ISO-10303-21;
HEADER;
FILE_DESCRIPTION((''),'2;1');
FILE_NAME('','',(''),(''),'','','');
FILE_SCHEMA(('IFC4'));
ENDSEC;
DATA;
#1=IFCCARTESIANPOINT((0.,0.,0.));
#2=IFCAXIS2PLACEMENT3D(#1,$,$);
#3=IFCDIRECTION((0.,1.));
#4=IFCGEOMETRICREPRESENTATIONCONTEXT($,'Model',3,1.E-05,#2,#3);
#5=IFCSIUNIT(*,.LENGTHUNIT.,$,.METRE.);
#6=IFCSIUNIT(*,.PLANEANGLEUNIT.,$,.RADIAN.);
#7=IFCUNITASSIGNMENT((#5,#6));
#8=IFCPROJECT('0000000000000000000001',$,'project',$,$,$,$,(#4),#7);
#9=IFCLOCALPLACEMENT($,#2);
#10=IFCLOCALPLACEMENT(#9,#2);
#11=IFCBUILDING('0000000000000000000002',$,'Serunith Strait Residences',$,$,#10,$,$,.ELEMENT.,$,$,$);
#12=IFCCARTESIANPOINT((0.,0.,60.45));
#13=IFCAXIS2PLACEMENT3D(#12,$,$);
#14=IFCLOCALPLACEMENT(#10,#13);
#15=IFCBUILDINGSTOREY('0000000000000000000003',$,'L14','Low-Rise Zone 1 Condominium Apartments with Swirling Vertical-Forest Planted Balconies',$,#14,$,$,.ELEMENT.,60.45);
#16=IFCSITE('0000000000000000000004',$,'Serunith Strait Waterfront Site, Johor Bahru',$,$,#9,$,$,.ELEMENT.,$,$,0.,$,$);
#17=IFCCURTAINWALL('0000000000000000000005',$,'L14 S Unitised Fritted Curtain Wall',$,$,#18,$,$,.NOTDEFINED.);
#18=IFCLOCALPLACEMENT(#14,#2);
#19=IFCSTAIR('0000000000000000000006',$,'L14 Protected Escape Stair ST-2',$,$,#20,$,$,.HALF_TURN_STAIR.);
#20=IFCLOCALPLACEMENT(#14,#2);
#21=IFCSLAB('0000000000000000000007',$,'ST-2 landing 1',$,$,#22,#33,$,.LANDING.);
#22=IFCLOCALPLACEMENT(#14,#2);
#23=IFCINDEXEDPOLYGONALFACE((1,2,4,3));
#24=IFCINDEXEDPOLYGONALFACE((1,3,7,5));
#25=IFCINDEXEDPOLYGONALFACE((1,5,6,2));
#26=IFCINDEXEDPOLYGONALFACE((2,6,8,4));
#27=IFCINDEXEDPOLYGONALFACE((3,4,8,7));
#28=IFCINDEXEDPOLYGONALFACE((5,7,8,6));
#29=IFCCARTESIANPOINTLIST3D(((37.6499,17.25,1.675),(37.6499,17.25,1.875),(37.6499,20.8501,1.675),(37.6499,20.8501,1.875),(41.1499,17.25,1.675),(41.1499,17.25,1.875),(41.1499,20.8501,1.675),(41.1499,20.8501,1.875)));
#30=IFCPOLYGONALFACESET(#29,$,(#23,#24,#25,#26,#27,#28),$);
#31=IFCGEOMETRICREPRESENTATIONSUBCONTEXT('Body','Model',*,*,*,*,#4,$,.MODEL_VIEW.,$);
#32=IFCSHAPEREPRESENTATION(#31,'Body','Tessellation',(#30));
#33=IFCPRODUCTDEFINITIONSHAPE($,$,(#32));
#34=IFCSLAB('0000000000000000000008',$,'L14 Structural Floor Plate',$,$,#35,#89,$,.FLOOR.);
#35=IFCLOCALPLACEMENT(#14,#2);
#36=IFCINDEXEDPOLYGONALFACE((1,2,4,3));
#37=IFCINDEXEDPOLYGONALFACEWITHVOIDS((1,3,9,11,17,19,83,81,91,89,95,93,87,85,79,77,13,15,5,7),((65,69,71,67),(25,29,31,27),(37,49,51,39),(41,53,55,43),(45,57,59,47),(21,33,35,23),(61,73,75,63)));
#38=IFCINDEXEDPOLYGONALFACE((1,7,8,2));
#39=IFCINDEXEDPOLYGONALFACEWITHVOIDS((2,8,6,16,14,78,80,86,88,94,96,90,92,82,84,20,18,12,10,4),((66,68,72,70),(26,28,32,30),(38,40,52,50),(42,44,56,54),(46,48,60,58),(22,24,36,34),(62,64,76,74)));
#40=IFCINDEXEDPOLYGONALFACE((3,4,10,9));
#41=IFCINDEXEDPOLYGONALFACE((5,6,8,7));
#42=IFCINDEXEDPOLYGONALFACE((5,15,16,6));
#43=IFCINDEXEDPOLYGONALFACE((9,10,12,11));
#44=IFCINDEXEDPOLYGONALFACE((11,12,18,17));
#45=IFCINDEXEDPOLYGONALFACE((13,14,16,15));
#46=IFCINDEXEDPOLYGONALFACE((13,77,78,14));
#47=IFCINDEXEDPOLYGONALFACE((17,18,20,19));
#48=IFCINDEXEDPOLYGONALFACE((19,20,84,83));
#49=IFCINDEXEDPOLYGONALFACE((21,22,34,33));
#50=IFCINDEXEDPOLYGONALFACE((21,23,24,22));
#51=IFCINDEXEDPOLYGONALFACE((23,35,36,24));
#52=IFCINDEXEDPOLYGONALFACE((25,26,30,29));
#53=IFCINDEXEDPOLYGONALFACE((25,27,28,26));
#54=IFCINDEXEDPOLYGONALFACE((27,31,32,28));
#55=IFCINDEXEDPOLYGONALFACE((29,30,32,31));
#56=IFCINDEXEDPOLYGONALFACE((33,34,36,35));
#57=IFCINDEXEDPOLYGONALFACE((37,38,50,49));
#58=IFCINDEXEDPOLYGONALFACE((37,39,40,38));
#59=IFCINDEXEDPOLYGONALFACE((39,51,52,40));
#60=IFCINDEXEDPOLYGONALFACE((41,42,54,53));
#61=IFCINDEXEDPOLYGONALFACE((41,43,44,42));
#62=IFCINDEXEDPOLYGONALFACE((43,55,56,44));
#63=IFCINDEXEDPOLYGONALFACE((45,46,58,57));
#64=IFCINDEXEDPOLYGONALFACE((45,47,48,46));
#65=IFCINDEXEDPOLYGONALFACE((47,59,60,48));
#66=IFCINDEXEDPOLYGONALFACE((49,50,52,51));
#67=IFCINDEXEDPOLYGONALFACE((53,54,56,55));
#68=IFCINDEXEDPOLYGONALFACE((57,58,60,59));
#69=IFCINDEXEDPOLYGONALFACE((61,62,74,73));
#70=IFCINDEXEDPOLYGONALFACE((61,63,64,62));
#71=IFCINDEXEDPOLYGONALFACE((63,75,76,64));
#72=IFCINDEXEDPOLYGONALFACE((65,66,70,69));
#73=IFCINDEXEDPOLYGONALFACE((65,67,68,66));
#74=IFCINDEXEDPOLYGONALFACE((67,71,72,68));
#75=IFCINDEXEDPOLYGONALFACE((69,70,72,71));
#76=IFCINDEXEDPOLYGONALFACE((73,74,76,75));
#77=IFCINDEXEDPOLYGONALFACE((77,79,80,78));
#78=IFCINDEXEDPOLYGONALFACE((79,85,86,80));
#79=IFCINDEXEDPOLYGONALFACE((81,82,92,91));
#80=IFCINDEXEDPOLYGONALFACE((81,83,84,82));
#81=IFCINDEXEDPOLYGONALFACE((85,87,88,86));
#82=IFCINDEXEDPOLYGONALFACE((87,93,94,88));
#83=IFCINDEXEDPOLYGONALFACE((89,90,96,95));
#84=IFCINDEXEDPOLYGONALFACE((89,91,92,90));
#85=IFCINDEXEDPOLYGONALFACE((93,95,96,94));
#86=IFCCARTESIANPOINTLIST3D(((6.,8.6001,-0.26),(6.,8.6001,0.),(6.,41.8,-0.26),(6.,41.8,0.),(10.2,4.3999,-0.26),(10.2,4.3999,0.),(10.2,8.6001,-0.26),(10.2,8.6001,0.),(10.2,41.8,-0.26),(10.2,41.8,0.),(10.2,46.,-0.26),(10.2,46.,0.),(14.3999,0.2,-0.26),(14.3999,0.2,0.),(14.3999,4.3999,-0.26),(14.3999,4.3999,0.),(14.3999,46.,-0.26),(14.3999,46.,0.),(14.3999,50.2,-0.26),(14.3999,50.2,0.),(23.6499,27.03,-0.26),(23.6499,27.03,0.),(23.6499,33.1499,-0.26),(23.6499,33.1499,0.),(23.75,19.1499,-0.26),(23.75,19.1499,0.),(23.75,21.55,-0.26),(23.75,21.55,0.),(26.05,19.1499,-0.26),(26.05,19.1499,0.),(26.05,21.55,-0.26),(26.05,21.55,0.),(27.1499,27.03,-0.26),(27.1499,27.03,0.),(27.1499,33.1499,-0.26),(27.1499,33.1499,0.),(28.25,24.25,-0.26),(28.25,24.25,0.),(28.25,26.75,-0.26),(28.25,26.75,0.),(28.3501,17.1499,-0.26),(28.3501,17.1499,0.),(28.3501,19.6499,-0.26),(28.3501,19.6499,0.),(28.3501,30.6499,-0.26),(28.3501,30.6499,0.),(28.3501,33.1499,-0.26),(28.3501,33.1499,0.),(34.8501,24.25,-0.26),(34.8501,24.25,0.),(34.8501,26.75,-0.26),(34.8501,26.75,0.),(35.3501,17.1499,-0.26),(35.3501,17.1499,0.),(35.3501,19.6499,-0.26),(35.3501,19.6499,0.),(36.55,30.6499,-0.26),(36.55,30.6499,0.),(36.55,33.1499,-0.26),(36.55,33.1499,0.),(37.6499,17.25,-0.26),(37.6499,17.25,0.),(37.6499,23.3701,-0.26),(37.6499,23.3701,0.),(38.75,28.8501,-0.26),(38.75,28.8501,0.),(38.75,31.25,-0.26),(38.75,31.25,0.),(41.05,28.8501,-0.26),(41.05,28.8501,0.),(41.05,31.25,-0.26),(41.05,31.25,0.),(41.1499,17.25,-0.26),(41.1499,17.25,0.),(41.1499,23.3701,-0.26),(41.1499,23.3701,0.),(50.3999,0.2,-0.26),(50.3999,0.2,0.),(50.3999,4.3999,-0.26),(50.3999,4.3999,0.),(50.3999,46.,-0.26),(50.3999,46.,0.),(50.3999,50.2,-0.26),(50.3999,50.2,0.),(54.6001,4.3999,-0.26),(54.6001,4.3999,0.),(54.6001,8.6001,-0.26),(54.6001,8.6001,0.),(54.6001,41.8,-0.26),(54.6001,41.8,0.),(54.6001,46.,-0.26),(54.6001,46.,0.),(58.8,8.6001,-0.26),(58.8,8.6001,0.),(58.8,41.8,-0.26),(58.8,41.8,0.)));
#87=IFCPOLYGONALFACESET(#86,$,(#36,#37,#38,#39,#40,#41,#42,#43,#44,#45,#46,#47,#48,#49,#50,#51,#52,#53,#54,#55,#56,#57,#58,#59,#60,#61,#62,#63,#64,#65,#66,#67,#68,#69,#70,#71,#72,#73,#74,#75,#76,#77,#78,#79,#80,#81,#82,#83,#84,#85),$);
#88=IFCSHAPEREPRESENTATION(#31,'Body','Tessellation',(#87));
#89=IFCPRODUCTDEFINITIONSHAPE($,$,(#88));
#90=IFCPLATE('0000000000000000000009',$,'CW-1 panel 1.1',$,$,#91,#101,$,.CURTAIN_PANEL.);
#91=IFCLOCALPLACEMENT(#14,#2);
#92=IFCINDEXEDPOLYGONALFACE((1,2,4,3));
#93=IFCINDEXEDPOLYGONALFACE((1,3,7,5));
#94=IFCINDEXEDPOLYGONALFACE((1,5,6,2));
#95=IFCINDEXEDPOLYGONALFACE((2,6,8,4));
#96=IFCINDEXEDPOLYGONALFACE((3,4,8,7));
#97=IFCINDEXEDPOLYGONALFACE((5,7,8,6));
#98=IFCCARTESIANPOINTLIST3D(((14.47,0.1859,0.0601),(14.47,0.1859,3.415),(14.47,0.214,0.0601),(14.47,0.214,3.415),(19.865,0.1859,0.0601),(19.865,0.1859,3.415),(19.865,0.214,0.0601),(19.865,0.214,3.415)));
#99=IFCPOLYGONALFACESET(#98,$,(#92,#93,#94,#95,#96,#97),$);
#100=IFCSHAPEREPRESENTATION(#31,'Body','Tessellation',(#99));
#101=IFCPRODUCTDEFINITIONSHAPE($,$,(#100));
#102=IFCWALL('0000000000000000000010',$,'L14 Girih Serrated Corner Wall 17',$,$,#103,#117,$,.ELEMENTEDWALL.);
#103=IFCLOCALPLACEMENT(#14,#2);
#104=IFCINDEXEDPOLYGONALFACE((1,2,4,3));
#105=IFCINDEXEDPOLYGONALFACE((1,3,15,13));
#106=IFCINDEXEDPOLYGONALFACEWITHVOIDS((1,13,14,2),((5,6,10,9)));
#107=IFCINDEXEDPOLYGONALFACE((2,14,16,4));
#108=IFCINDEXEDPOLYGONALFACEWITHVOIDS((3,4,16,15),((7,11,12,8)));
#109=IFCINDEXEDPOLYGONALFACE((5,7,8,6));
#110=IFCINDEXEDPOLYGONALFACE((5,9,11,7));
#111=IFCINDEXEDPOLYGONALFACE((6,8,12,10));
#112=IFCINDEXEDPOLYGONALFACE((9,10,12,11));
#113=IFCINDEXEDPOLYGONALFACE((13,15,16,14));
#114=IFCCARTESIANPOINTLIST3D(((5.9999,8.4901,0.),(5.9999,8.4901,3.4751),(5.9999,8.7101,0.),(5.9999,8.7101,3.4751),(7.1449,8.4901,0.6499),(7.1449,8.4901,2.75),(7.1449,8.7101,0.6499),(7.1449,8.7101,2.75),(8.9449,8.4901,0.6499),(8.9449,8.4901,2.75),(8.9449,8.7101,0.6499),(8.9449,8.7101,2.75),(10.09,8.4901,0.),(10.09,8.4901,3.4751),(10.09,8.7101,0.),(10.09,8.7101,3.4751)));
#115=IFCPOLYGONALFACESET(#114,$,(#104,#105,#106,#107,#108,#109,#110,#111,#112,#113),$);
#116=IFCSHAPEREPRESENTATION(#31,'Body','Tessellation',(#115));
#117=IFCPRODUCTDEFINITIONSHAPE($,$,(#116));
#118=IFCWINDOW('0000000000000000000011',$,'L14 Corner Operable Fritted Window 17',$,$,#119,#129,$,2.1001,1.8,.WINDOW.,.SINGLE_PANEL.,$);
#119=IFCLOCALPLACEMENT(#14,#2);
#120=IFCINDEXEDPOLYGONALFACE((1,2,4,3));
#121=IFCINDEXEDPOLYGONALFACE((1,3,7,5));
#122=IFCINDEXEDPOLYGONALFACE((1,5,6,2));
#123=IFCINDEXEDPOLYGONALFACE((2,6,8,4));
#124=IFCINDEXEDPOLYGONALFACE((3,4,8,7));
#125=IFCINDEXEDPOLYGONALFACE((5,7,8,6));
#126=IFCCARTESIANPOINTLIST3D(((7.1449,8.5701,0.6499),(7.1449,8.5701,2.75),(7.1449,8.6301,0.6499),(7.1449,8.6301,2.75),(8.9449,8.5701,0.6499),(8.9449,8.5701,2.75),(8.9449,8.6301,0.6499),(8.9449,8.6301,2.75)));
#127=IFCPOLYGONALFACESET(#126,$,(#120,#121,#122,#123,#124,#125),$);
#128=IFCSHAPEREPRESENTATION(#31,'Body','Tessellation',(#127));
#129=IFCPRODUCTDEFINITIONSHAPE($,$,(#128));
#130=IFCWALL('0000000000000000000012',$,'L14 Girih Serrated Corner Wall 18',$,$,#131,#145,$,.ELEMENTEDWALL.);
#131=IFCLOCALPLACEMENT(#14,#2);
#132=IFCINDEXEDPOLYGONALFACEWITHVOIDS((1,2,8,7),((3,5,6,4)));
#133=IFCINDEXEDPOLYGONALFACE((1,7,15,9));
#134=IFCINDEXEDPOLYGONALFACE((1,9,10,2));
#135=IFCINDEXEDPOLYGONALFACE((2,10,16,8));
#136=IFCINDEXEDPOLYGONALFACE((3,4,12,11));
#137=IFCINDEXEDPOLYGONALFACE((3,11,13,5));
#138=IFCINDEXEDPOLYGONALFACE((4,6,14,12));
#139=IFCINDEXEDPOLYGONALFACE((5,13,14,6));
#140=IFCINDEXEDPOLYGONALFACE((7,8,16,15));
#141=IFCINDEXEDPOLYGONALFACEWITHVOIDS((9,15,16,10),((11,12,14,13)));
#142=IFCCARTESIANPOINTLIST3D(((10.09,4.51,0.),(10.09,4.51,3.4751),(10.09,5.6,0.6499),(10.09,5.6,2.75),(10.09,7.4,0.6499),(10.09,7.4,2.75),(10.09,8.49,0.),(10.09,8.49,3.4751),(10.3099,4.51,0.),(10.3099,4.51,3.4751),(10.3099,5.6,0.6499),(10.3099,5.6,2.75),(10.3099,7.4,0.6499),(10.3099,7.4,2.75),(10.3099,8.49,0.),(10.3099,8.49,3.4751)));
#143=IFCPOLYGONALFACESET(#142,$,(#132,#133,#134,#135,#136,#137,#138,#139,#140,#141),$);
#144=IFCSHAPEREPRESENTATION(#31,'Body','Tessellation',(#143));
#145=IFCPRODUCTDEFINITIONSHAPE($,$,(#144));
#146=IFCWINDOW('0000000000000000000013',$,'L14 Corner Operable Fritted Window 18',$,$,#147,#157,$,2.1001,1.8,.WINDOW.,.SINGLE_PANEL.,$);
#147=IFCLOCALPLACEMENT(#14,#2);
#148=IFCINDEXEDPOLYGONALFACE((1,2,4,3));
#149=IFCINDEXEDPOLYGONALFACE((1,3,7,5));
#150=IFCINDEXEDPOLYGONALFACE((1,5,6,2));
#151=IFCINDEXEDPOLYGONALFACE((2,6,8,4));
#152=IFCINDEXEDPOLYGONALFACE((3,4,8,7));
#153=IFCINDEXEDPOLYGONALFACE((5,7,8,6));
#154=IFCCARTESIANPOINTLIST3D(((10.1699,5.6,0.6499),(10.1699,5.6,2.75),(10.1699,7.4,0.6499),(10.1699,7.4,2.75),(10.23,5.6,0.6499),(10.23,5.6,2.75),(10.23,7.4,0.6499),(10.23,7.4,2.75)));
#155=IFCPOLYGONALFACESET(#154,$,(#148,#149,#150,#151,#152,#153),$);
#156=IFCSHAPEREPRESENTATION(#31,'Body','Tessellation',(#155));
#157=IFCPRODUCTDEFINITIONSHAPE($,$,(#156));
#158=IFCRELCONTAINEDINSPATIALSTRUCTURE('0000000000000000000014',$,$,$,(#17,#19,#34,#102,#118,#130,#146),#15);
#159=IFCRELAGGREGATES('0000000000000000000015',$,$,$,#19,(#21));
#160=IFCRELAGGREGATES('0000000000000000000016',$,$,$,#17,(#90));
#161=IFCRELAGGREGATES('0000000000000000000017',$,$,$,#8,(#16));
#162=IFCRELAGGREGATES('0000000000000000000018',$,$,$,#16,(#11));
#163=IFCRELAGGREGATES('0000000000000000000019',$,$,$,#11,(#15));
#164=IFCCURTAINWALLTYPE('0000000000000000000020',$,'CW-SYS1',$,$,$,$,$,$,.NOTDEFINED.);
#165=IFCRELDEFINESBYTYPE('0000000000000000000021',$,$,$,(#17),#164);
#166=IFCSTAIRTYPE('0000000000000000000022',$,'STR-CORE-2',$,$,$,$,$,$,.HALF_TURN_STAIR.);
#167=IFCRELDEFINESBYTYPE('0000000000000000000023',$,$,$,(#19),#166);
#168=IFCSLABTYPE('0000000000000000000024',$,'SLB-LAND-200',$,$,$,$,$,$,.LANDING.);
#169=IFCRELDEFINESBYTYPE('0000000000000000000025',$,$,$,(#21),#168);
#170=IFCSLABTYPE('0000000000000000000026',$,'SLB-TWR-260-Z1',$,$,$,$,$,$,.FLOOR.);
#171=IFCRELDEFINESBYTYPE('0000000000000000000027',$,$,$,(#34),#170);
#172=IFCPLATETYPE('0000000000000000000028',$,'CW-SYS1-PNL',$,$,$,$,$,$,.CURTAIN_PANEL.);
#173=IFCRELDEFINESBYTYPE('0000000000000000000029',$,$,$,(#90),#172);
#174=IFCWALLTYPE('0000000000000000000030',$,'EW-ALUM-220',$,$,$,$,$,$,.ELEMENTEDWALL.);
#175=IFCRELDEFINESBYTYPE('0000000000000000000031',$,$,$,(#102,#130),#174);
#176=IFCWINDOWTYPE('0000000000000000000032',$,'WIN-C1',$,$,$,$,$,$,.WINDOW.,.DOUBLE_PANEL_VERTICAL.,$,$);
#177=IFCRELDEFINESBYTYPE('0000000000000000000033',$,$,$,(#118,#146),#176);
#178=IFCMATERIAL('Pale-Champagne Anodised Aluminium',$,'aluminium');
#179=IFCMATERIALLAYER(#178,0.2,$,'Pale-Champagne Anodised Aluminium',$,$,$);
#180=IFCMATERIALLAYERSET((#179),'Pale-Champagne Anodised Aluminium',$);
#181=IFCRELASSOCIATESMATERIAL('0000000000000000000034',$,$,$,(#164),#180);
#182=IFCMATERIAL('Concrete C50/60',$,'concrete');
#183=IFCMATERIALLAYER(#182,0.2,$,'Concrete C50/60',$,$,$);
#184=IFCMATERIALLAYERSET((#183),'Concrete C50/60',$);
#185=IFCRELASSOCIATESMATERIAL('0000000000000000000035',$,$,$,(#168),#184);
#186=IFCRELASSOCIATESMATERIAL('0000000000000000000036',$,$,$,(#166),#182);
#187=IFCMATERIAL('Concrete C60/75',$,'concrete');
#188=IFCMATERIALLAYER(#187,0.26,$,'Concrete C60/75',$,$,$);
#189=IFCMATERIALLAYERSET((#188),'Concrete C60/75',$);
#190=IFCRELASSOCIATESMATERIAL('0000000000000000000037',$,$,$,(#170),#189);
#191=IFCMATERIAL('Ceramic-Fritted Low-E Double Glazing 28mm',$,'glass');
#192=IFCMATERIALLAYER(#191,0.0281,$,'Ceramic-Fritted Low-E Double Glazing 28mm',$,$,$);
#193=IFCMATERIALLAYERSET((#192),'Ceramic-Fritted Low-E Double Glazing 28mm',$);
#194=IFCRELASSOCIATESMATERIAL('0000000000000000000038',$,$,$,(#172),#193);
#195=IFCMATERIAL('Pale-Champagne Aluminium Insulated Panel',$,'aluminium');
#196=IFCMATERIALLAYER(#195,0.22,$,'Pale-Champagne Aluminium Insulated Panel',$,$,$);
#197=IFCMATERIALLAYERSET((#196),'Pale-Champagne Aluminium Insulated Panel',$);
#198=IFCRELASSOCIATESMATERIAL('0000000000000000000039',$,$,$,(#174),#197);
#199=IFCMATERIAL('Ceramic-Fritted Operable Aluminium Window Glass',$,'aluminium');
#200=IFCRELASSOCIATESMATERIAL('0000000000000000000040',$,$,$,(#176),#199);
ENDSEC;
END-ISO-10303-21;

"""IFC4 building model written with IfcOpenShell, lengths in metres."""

from ifc_helpers import new_model, si_unit, direction, frame, frame_2d, origin, origin_2d, place, context, subcontext, project, spatial, polyline, rectangle, outline, extrude, source, transform, mapped, material, layer, layer_set, type_object, element, fill, aggregate, save


model = new_model("IFC4")

# Units and contexts
model_context = context("Model", 3, precision=1e-05, world=origin(), true_north=direction((0.0, 1.0)))
body_context = subcontext(model_context, "Body", "Model", "MODEL_VIEW")
ifc_project = project(units=[si_unit("LENGTHUNIT", "METRE"), si_unit("PLANEANGLEUNIT", "RADIAN")], contexts=[model_context])

# Site, building, storey
site_placement = place(None, origin())
site = spatial("IfcSite", under=ifc_project, at=site_placement, Name="Serunith Strait Waterfront Site, Johor Bahru", CompositionType="ELEMENT", RefElevation=0.0)
building_placement = place(site_placement, origin())
building = spatial("IfcBuilding", under=site, at=building_placement, Name="Serunith Strait Residences", CompositionType="ELEMENT")
storey_placement = place(building_placement, frame((0.0, 0.0, 60.45)))
storey = spatial("IfcBuildingStorey", under=building, at=storey_placement, Name="L14", Description="Low-Rise Zone 1 Condominium Apartments with Swirling Vertical-Forest Planted Balconies", CompositionType="ELEMENT", Elevation=60.45)

# Curtain wall
ifc_material_1 = material(Name="Pale-Champagne Anodised Aluminium", Category="aluminium")
ifc_layer_1 = layer(ifc_material_1, 0.2, Name="Pale-Champagne Anodised Aluminium")
ifc_layer_set_1 = layer_set([ifc_layer_1], Name="Pale-Champagne Anodised Aluminium")
curtain_wall_type = type_object("IfcCurtainWallType", Name="CW-SYS1", PredefinedType="NOTDEFINED", material=ifc_layer_set_1)
curtain_wall_1_placement = place(storey_placement, origin())
curtain_wall_1 = element("IfcCurtainWall", 1, at=curtain_wall_1_placement, inside=storey, type_object=curtain_wall_type, Name="L14 S Unitised Fritted Curtain Wall", PredefinedType="NOTDEFINED")

# Shared definitions
ifc_material_2 = material(Name="Concrete C50/60", Category="concrete")

# Stair, slab
ifc_layer_2 = layer(ifc_material_2, 0.2, Name="Concrete C50/60")
ifc_layer_set_2 = layer_set([ifc_layer_2], Name="Concrete C50/60")
slab_type_1 = type_object("IfcSlabType", Name="SLB-LAND-200", PredefinedType="LANDING", material=ifc_layer_set_2)
stair_type_1 = type_object("IfcStairType", Name="STR-CORE-2", PredefinedType="HALF_TURN_STAIR", material=ifc_material_2)
stair_1_placement = place(storey_placement, origin())
stair_1 = element("IfcStair", 2, at=stair_1_placement, inside=storey, type_object=stair_type_1, Name="L14 Protected Escape Stair ST-2", PredefinedType="HALF_TURN_STAIR")
slab_1_placement = place(storey_placement, frame((0.0, 0.0, 1.675)))
slab_1 = element("IfcSlab", 3, at=slab_1_placement, type_object=slab_type_1, Name="ST-2 landing 1", PredefinedType="LANDING", context=body_context, shape_type="SweptSolid", body=[
    extrude(outline(polyline([(37.6499, 20.8501), (37.6499, 17.25), (41.1499, 17.25), (41.1499, 20.8501), (37.6499, 20.8501)])), origin(), (0.0, 0.0, 1.0), 0.2),
])
aggregate(stair_1, [slab_1])

# Slab
ifc_material_3 = material(Name="Concrete C60/75", Category="concrete")
ifc_layer_3 = layer(ifc_material_3, 0.26, Name="Concrete C60/75")
ifc_layer_set_3 = layer_set([ifc_layer_3], Name="Concrete C60/75")
slab_type_2 = type_object("IfcSlabType", Name="SLB-TWR-260-Z1", PredefinedType="FLOOR", material=ifc_layer_set_3)
slab_2_placement = place(storey_placement, frame((0.0, 0.0, -0.26)))
element("IfcSlab", 4, at=slab_2_placement, inside=storey, type_object=slab_type_2, Name="L14 Structural Floor Plate", PredefinedType="FLOOR", context=body_context, shape_type="SweptSolid", body=[
    extrude(outline(polyline([(14.3999, 4.3999), (10.2, 4.3999), (10.2, 8.6001), (6.0, 8.6001), (6.0, 41.8), (10.2, 41.8), (10.2, 46.0), (14.3999, 46.0), (14.3999, 50.2), (50.3999, 50.2), (50.3999, 46.0), (54.6001, 46.0), (54.6001, 41.8), (58.8, 41.8), (58.8, 8.6001), (54.6001, 8.6001), (54.6001, 4.3999), (50.3999, 4.3999), (50.3999, 0.2), (14.3999, 0.2), (14.3999, 4.3999)]), holes=[polyline([(41.1499, 17.25), (41.1499, 23.3701), (37.6499, 23.3701), (37.6499, 17.25), (41.1499, 17.25)]), polyline([(41.05, 31.25), (38.75, 31.25), (38.75, 28.8501), (41.05, 28.8501), (41.05, 31.25)]), polyline([(36.55, 33.1499), (28.3501, 33.1499), (28.3501, 30.6499), (36.55, 30.6499), (36.55, 33.1499)]), polyline([(28.3501, 19.6499), (28.3501, 17.1499), (35.3501, 17.1499), (35.3501, 19.6499), (28.3501, 19.6499)]), polyline([(34.8501, 26.75), (28.25, 26.75), (28.25, 24.25), (34.8501, 24.25), (34.8501, 26.75)]), polyline([(23.6499, 33.1499), (23.6499, 27.03), (27.1499, 27.03), (27.1499, 33.1499), (23.6499, 33.1499)]), polyline([(26.05, 21.55), (23.75, 21.55), (23.75, 19.1499), (26.05, 19.1499), (26.05, 21.55)])]), origin(), (0.0, 0.0, 1.0), 0.26),
])

# Plate
ifc_material_4 = material(Name="Ceramic-Fritted Low-E Double Glazing 28mm", Category="glass")
ifc_layer_4 = layer(ifc_material_4, 0.0281, Name="Ceramic-Fritted Low-E Double Glazing 28mm")
ifc_layer_set_4 = layer_set([ifc_layer_4], Name="Ceramic-Fritted Low-E Double Glazing 28mm")
plate_type = type_object("IfcPlateType", Name="CW-SYS1-PNL", PredefinedType="CURTAIN_PANEL", material=ifc_layer_set_4)
shared_shape_1 = source(origin(), body_context, "Body", "SweptSolid", [
    extrude(rectangle(XDim=5.395, YDim=0.0281, at=origin_2d()), origin(), (0.0, 0.0, 1.0), 3.355),
])
plate_placement = place(storey_placement, frame((17.1675, 0.2, 0.0601), z_axis=(0.0, 0.0, 1.0), x_axis=(1.0, 0.0, 0.0)))
plate = element("IfcPlate", 5, at=plate_placement, type_object=plate_type, Name="CW-1 panel 1.1", PredefinedType="CURTAIN_PANEL", context=body_context, shape_type="MappedRepresentation", body=[
    mapped(shared_shape_1, transform((0.0, 0.0, 0.0), scale=1.0)),
])
aggregate(curtain_wall_1, [plate])

# Walls, openings, windows
ifc_material_5 = material(Name="Pale-Champagne Aluminium Insulated Panel", Category="aluminium")
ifc_layer_5 = layer(ifc_material_5, 0.22, Name="Pale-Champagne Aluminium Insulated Panel")
ifc_layer_set_5 = layer_set([ifc_layer_5], Name="Pale-Champagne Aluminium Insulated Panel")
wall_type_1 = type_object("IfcWallType", Name="EW-ALUM-220", PredefinedType="ELEMENTEDWALL", material=ifc_layer_set_5)
wall_1_placement = place(storey_placement, frame((6.0, 8.6001, 0.0), z_axis=(0.0, 0.0, 1.0), x_axis=(1.0, 0.0, 0.0)))
wall_1 = element("IfcWall", 6, at=wall_1_placement, inside=storey, type_object=wall_type_1, Name="L14 Girih Serrated Corner Wall 17", PredefinedType="ELEMENTEDWALL", context=body_context, shape_type="SweptSolid", body=[
    extrude(rectangle(XDim=4.0901, YDim=0.22, at=frame_2d((2.0449, 0.0))), origin(), (0.0, 0.0, 1.0), 3.4751),
])
opening_1_placement = place(wall_1_placement, frame((1.145, 0.0, 0.6499)))
opening_1 = element("IfcOpeningElement", 7, at=opening_1_placement, cuts=wall_1, PredefinedType="OPENING", context=body_context, shape_type="SweptSolid", body=[
    extrude(rectangle(XDim=1.8, YDim=2.1001, at=frame_2d((0.8999, 1.05))), frame((0.0, 0.1201, 0.0), z_axis=(0.0, -1.0, 0.0), x_axis=(1.0, 0.0, 0.0)), (0.0, 0.0, 1.0), 0.24),
])
ifc_material_6 = material(Name="Ceramic-Fritted Operable Aluminium Window Glass", Category="aluminium")
window_type = type_object("IfcWindowType", Name="WIN-C1", PartitioningType="DOUBLE_PANEL_VERTICAL", PredefinedType="WINDOW", material=ifc_material_6)
shared_shape_2 = source(origin(), body_context, "Body", "SweptSolid", [
    extrude(rectangle(XDim=1.8, YDim=2.1001, at=frame_2d((0.8999, 1.05))), frame((0.0, 0.03, 0.0), z_axis=(0.0, -1.0, 0.0), x_axis=(1.0, 0.0, 0.0)), (0.0, 0.0, 1.0), 0.0601),
])
window_1_placement = place(opening_1_placement, origin())
window_1 = element("IfcWindow", 8, at=window_1_placement, inside=storey, type_object=window_type, Name="L14 Corner Operable Fritted Window 17", OverallHeight=2.1001, OverallWidth=1.8, PartitioningType="SINGLE_PANEL", PredefinedType="WINDOW", context=body_context, shape_type="MappedRepresentation", body=[
    mapped(shared_shape_2, transform((0.0, 0.0, 0.0), scale=1.0)),
])
fill(opening_1, window_1)
wall_2_placement = place(storey_placement, frame((10.2, 8.49, 0.0), z_axis=(0.0, 0.0, 1.0), x_axis=(0.0, -1.0, 0.0)))
wall_2 = element("IfcWall", 9, at=wall_2_placement, inside=storey, type_object=wall_type_1, Name="L14 Girih Serrated Corner Wall 18", PredefinedType="ELEMENTEDWALL", context=body_context, shape_type="SweptSolid", body=[
    extrude(rectangle(XDim=3.98, YDim=0.22, at=frame_2d((1.99, 0.0))), origin(), (0.0, 0.0, 1.0), 3.4751),
])
opening_2_placement = place(wall_2_placement, frame((1.0901, 0.0, 0.6499)))
opening_2 = element("IfcOpeningElement", 10, at=opening_2_placement, cuts=wall_2, PredefinedType="OPENING", context=body_context, shape_type="SweptSolid", body=[
    extrude(rectangle(XDim=1.8, YDim=2.1001, at=frame_2d((0.8999, 1.05))), frame((0.0, 0.1201, 0.0), z_axis=(0.0, -1.0, 0.0), x_axis=(1.0, 0.0, 0.0)), (0.0, 0.0, 1.0), 0.24),
])
window_2_placement = place(opening_2_placement, origin())
window_2 = element("IfcWindow", 11, at=window_2_placement, inside=storey, type_object=window_type, Name="L14 Corner Operable Fritted Window 18", OverallHeight=2.1001, OverallWidth=1.8, PartitioningType="SINGLE_PANEL", PredefinedType="WINDOW", context=body_context, shape_type="MappedRepresentation", body=[
    mapped(shared_shape_2, transform((0.0, 0.0, 0.0), scale=1.0)),
])
fill(opening_2, window_2)

save(model, "model.ifc")
